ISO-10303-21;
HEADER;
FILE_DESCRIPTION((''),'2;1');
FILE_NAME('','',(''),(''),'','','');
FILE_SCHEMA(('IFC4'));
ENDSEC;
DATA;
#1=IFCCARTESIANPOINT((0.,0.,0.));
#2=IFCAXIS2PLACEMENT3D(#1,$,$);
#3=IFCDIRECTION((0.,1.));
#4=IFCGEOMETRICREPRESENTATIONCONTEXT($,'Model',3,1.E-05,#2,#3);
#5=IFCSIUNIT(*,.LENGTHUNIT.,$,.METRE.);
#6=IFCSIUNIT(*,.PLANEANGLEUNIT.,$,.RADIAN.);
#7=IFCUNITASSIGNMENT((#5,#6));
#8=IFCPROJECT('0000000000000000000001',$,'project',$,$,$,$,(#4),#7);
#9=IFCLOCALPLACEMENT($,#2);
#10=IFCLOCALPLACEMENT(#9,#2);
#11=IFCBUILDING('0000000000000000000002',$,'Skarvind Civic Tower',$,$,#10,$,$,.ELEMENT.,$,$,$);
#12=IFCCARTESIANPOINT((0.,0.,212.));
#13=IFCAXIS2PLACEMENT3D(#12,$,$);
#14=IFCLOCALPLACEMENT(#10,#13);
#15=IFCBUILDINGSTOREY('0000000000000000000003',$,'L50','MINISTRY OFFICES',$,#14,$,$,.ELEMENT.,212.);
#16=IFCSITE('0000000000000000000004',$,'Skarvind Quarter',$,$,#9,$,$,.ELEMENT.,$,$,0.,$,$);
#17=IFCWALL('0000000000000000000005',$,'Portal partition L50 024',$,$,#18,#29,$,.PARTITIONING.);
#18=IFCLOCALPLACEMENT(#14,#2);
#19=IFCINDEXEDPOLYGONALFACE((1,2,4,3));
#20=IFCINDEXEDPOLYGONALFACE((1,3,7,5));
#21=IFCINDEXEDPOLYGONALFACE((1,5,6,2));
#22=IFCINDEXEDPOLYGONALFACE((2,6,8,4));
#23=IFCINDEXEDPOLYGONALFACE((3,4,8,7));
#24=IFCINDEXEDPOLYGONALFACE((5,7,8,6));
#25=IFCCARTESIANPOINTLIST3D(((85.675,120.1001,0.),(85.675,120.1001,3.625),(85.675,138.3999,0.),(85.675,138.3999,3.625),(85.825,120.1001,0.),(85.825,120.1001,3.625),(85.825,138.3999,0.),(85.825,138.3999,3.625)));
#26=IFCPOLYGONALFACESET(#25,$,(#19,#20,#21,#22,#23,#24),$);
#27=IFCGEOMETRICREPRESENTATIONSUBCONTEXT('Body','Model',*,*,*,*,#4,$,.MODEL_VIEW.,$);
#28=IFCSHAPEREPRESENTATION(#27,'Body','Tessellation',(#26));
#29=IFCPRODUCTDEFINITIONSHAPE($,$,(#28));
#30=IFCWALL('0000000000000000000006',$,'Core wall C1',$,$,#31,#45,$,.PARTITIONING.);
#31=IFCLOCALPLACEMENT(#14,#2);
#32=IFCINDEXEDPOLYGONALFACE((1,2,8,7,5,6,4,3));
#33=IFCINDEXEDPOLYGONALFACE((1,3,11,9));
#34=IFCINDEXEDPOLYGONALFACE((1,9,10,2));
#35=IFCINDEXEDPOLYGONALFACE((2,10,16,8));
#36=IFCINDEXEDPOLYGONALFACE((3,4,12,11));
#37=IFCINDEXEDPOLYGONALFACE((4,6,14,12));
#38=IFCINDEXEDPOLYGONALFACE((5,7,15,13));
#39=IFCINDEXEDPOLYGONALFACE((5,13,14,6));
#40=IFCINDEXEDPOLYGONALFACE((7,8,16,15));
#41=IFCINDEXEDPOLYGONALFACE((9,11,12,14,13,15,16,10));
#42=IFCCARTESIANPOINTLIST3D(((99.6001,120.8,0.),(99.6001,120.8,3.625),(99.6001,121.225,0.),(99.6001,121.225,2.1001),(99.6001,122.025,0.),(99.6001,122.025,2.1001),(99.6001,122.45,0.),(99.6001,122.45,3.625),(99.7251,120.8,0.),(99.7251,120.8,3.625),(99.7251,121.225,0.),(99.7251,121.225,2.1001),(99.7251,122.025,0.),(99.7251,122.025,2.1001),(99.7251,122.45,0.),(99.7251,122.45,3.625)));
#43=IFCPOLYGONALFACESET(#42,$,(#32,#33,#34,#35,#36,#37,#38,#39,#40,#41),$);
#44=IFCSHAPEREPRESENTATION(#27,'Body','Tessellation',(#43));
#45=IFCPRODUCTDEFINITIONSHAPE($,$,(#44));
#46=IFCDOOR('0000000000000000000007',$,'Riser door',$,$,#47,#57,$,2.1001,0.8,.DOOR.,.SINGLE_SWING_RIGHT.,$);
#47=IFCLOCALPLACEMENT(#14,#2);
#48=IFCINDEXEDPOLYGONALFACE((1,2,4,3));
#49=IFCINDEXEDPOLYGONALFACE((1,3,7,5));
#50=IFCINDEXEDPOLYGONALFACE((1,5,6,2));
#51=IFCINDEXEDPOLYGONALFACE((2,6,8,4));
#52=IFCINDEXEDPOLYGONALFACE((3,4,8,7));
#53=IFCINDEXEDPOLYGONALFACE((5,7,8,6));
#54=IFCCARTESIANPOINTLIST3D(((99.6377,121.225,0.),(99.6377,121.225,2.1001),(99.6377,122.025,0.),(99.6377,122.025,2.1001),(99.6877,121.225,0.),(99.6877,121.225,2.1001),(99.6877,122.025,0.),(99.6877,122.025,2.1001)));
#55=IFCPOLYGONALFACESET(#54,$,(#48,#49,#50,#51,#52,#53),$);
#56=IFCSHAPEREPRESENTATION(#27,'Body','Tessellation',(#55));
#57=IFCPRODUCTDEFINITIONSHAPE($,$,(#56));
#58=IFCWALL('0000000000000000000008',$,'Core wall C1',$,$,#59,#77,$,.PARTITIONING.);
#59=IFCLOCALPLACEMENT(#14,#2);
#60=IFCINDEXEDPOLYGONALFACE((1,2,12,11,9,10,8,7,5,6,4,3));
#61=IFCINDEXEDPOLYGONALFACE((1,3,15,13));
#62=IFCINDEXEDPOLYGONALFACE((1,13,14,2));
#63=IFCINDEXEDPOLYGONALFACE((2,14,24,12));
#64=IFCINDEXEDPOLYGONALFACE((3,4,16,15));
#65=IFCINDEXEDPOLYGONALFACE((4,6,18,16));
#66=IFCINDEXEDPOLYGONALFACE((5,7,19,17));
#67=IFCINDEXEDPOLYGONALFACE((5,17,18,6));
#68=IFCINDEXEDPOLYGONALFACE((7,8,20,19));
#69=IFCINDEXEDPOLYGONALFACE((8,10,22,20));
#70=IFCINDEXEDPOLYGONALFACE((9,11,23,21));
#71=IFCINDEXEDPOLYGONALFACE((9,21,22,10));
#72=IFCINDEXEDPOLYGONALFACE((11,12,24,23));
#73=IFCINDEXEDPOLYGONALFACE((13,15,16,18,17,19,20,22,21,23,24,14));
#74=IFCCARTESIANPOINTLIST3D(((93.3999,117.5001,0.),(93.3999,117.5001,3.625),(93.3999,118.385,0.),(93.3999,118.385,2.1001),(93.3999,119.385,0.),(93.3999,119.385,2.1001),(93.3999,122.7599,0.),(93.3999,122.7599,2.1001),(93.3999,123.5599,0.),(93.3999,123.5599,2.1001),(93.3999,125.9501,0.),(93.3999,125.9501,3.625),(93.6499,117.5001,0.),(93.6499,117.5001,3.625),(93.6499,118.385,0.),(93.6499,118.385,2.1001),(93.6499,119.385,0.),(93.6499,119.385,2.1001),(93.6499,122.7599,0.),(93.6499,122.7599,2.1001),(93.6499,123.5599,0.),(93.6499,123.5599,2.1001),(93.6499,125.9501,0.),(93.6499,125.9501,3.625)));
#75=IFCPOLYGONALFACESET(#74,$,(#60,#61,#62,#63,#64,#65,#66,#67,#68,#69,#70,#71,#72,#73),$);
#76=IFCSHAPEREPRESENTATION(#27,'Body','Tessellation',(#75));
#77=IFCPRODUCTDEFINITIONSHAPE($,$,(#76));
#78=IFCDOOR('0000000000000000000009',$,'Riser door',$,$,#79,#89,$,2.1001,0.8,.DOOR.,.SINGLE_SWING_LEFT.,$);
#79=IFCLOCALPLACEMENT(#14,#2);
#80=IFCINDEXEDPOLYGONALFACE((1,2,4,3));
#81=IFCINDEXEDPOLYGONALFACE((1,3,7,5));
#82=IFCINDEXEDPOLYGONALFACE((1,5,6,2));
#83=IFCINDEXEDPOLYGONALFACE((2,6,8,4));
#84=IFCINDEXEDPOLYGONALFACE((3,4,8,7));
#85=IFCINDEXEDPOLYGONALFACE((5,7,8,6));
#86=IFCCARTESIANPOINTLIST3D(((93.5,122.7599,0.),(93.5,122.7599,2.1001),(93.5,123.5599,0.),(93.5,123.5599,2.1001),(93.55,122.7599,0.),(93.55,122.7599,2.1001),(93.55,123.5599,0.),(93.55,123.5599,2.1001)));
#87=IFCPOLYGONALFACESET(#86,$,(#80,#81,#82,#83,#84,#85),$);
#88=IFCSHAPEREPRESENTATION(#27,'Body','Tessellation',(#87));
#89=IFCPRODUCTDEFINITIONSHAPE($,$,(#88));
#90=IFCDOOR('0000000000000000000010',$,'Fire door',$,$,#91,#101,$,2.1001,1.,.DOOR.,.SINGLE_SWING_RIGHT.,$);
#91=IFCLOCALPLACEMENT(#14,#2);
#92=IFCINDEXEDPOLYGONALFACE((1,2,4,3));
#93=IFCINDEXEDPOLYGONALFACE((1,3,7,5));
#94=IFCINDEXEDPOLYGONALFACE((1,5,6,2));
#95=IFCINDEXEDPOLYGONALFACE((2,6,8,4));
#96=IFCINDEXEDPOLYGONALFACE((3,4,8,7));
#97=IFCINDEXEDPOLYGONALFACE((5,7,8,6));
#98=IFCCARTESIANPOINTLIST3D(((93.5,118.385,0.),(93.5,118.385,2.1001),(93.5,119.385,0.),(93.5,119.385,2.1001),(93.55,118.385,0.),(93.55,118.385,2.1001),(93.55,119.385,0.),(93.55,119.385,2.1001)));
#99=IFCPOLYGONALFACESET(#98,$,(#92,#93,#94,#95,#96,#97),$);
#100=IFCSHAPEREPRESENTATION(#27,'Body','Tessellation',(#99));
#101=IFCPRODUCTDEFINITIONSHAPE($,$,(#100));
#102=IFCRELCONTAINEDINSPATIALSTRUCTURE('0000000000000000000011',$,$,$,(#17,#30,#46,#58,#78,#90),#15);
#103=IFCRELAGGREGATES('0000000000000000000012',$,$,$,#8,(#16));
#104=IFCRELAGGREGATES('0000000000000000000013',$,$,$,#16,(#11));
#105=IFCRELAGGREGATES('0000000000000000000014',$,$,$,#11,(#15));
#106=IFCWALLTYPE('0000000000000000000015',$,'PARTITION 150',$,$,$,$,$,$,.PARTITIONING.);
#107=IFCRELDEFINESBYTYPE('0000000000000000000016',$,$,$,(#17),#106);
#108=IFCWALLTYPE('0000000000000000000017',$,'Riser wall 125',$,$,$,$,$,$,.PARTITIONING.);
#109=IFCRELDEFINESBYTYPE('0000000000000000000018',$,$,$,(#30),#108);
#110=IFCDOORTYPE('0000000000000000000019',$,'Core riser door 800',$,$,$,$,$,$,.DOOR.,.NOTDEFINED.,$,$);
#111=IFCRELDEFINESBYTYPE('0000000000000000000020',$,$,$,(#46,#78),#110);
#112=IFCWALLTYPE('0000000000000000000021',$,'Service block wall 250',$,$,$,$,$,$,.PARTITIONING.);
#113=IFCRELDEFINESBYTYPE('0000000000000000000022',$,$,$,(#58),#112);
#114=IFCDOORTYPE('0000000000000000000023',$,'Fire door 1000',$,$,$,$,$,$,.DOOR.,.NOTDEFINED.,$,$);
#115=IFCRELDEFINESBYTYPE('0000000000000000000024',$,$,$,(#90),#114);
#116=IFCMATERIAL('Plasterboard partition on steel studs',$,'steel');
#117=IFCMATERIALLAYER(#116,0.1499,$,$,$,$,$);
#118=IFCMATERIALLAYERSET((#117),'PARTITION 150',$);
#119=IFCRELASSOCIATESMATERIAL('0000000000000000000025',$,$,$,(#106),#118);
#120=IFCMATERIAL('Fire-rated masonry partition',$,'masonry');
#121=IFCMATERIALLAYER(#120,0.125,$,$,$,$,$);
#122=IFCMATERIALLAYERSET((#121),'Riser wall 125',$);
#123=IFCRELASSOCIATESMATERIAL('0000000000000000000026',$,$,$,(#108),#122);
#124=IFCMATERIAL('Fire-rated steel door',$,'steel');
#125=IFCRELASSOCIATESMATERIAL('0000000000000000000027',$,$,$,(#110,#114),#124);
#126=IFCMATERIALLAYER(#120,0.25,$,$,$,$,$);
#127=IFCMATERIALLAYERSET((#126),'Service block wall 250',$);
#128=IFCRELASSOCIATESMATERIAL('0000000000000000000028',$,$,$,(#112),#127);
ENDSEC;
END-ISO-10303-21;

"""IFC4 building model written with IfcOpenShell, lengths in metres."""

from ifc_helpers import new_model, si_unit, direction, frame, frame_2d, origin, place, context, subcontext, project, spatial, rectangle, extrude, material, layer, layer_set, type_object, element, fill, save


model = new_model("IFC4")

# Units and contexts
model_context = context("Model", 3, precision=1e-05, world=origin(), true_north=direction((0.0, 1.0)))
body_context = subcontext(model_context, "Body", "Model", "MODEL_VIEW")
ifc_project = project(units=[si_unit("LENGTHUNIT", "METRE"), si_unit("PLANEANGLEUNIT", "RADIAN")], contexts=[model_context])

# Site, building, storey
site_placement = place(None, origin())
site = spatial("IfcSite", under=ifc_project, at=site_placement, Name="Skarvind Quarter", CompositionType="ELEMENT", RefElevation=0.0)
building_placement = place(site_placement, origin())
building = spatial("IfcBuilding", under=site, at=building_placement, Name="Skarvind Civic Tower", CompositionType="ELEMENT")
storey_placement = place(building_placement, frame((0.0, 0.0, 212.0)))
storey = spatial("IfcBuildingStorey", under=building, at=storey_placement, Name="L50", Description="MINISTRY OFFICES", CompositionType="ELEMENT", Elevation=212.0)

# Shared definitions
ifc_material_1 = material(Name="Fire-rated masonry partition", Category="masonry")
ifc_material_2 = material(Name="Fire-rated steel door", Category="steel")

# Wall
ifc_material_3 = material(Name="Plasterboard partition on steel studs", Category="steel")
ifc_layer_1 = layer(ifc_material_3, 0.1499)
ifc_layer_set_1 = layer_set([ifc_layer_1], Name="PARTITION 150")
wall_type_1 = type_object("IfcWallType", Name="PARTITION 150", PredefinedType="PARTITIONING", material=ifc_layer_set_1)
wall_1_placement = place(storey_placement, frame((85.75, 120.1001, 0.0), z_axis=(0.0, 0.0, 1.0), x_axis=(0.0, 1.0, 0.0)))
element("IfcWall", 1, at=wall_1_placement, inside=storey, type_object=wall_type_1, Name="Portal partition L50 024", PredefinedType="PARTITIONING", context=body_context, shape_type="SweptSolid", body=[
    extrude(rectangle(XDim=18.2998, YDim=0.1499, at=frame_2d((9.1499, 0.0))), origin(), (0.0, 0.0, 1.0), 3.625),
])

# Wall, opening, door
ifc_layer_2 = layer(ifc_material_1, 0.125)
ifc_layer_set_2 = layer_set([ifc_layer_2], Name="Riser wall 125")
wall_type_2 = type_object("IfcWallType", Name="Riser wall 125", PredefinedType="PARTITIONING", material=ifc_layer_set_2)
wall_2_placement = place(storey_placement, frame((99.6626, 120.8, 0.0), z_axis=(0.0, 0.0, 1.0), x_axis=(0.0, 1.0, 0.0)))
wall_2 = element("IfcWall", 2, at=wall_2_placement, inside=storey, type_object=wall_type_2, Name="Core wall C1", PredefinedType="PARTITIONING", context=body_context, shape_type="SweptSolid", body=[
    extrude(rectangle(XDim=1.6499, YDim=0.125, at=frame_2d((0.825, 0.0))), origin(), (0.0, 0.0, 1.0), 3.625),
])
opening_1_placement = place(wall_2_placement, frame((0.425, 0.0, 0.0)))
opening_1 = element("IfcOpeningElement", 3, at=opening_1_placement, cuts=wall_2, PredefinedType="OPENING", context=body_context, shape_type="SweptSolid", body=[
    extrude(rectangle(XDim=0.8, YDim=2.1001, at=frame_2d((0.3999, 1.05))), frame((0.0, 0.0725, 0.0), z_axis=(0.0, -1.0, 0.0), x_axis=(1.0, 0.0, 0.0)), (0.0, 0.0, 1.0), 0.145),
])
door_type_1 = type_object("IfcDoorType", Name="Core riser door 800", OperationType="NOTDEFINED", PredefinedType="DOOR", material=ifc_material_2)
door_1_placement = place(opening_1_placement, origin())
door_1 = element("IfcDoor", 4, at=door_1_placement, inside=storey, type_object=door_type_1, Name="Riser door", OperationType="SINGLE_SWING_RIGHT", OverallHeight=2.1001, OverallWidth=0.8, PredefinedType="DOOR", context=body_context, shape_type="SweptSolid", body=[
    extrude(rectangle(XDim=0.8, YDim=2.1001, at=frame_2d((0.3999, 1.05))), frame((0.0, 0.0249, 0.0), z_axis=(0.0, -1.0, 0.0), x_axis=(1.0, 0.0, 0.0)), (0.0, 0.0, 1.0), 0.05),
])
fill(opening_1, door_1)

# Wall, openings, doors
ifc_layer_3 = layer(ifc_material_1, 0.25)
ifc_layer_set_3 = layer_set([ifc_layer_3], Name="Service block wall 250")
wall_type_3 = type_object("IfcWallType", Name="Service block wall 250", PredefinedType="PARTITIONING", material=ifc_layer_set_3)
wall_3_placement = place(storey_placement, frame((93.5249, 117.5, 0.0), z_axis=(0.0, 0.0, 1.0), x_axis=(0.0, 1.0, 0.0)))
wall_3 = element("IfcWall", 5, at=wall_3_placement, inside=storey, type_object=wall_type_3, Name="Core wall C1", PredefinedType="PARTITIONING", context=body_context, shape_type="SweptSolid", body=[
    extrude(rectangle(XDim=8.45, YDim=0.25, at=frame_2d((4.2251, 0.0))), origin(), (0.0, 0.0, 1.0), 3.625),
])
opening_2_placement = place(wall_3_placement, frame((5.26, 0.0, 0.0)))
opening_2 = element("IfcOpeningElement", 6, at=opening_2_placement, cuts=wall_3, PredefinedType="OPENING", context=body_context, shape_type="SweptSolid", body=[
    extrude(rectangle(XDim=0.8, YDim=2.1001, at=frame_2d((0.3999, 1.05))), frame((0.0, 0.135, 0.0), z_axis=(0.0, -1.0, 0.0), x_axis=(1.0, 0.0, 0.0)), (0.0, 0.0, 1.0), 0.27),
])
opening_3_placement = place(wall_3_placement, frame((0.885, 0.0, 0.0)))
opening_3 = element("IfcOpeningElement", 7, at=opening_3_placement, cuts=wall_3, PredefinedType="OPENING", context=body_context, shape_type="SweptSolid", body=[
    extrude(rectangle(XDim=1.0, YDim=2.1001, at=frame_2d((0.5, 1.05))), frame((0.0, 0.135, 0.0), z_axis=(0.0, -1.0, 0.0), x_axis=(1.0, 0.0, 0.0)), (0.0, 0.0, 1.0), 0.27),
])
door_2_placement = place(opening_2_placement, origin())
door_2 = element("IfcDoor", 8, at=door_2_placement, inside=storey, type_object=door_type_1, Name="Riser door", OperationType="SINGLE_SWING_LEFT", OverallHeight=2.1001, OverallWidth=0.8, PredefinedType="DOOR", context=body_context, shape_type="SweptSolid", body=[
    extrude(rectangle(XDim=0.8, YDim=2.1001, at=frame_2d((0.3999, 1.05))), frame((0.0, 0.0249, 0.0), z_axis=(0.0, -1.0, 0.0), x_axis=(1.0, 0.0, 0.0)), (0.0, 0.0, 1.0), 0.05),
])
fill(opening_2, door_2)
door_type_2 = type_object("IfcDoorType", Name="Fire door 1000", OperationType="NOTDEFINED", PredefinedType="DOOR", material=ifc_material_2)
door_3_placement = place(opening_3_placement, origin())
door_3 = element("IfcDoor", 9, at=door_3_placement, inside=storey, type_object=door_type_2, Name="Fire door", OperationType="SINGLE_SWING_RIGHT", OverallHeight=2.1001, OverallWidth=1.0, PredefinedType="DOOR", context=body_context, shape_type="SweptSolid", body=[
    extrude(rectangle(XDim=1.0, YDim=2.1001, at=frame_2d((0.5, 1.05))), frame((0.0, 0.0249, 0.0), z_axis=(0.0, -1.0, 0.0), x_axis=(1.0, 0.0, 0.0)), (0.0, 0.0, 1.0), 0.05),
])
fill(opening_3, door_3)

save(model, "model.ifc")
